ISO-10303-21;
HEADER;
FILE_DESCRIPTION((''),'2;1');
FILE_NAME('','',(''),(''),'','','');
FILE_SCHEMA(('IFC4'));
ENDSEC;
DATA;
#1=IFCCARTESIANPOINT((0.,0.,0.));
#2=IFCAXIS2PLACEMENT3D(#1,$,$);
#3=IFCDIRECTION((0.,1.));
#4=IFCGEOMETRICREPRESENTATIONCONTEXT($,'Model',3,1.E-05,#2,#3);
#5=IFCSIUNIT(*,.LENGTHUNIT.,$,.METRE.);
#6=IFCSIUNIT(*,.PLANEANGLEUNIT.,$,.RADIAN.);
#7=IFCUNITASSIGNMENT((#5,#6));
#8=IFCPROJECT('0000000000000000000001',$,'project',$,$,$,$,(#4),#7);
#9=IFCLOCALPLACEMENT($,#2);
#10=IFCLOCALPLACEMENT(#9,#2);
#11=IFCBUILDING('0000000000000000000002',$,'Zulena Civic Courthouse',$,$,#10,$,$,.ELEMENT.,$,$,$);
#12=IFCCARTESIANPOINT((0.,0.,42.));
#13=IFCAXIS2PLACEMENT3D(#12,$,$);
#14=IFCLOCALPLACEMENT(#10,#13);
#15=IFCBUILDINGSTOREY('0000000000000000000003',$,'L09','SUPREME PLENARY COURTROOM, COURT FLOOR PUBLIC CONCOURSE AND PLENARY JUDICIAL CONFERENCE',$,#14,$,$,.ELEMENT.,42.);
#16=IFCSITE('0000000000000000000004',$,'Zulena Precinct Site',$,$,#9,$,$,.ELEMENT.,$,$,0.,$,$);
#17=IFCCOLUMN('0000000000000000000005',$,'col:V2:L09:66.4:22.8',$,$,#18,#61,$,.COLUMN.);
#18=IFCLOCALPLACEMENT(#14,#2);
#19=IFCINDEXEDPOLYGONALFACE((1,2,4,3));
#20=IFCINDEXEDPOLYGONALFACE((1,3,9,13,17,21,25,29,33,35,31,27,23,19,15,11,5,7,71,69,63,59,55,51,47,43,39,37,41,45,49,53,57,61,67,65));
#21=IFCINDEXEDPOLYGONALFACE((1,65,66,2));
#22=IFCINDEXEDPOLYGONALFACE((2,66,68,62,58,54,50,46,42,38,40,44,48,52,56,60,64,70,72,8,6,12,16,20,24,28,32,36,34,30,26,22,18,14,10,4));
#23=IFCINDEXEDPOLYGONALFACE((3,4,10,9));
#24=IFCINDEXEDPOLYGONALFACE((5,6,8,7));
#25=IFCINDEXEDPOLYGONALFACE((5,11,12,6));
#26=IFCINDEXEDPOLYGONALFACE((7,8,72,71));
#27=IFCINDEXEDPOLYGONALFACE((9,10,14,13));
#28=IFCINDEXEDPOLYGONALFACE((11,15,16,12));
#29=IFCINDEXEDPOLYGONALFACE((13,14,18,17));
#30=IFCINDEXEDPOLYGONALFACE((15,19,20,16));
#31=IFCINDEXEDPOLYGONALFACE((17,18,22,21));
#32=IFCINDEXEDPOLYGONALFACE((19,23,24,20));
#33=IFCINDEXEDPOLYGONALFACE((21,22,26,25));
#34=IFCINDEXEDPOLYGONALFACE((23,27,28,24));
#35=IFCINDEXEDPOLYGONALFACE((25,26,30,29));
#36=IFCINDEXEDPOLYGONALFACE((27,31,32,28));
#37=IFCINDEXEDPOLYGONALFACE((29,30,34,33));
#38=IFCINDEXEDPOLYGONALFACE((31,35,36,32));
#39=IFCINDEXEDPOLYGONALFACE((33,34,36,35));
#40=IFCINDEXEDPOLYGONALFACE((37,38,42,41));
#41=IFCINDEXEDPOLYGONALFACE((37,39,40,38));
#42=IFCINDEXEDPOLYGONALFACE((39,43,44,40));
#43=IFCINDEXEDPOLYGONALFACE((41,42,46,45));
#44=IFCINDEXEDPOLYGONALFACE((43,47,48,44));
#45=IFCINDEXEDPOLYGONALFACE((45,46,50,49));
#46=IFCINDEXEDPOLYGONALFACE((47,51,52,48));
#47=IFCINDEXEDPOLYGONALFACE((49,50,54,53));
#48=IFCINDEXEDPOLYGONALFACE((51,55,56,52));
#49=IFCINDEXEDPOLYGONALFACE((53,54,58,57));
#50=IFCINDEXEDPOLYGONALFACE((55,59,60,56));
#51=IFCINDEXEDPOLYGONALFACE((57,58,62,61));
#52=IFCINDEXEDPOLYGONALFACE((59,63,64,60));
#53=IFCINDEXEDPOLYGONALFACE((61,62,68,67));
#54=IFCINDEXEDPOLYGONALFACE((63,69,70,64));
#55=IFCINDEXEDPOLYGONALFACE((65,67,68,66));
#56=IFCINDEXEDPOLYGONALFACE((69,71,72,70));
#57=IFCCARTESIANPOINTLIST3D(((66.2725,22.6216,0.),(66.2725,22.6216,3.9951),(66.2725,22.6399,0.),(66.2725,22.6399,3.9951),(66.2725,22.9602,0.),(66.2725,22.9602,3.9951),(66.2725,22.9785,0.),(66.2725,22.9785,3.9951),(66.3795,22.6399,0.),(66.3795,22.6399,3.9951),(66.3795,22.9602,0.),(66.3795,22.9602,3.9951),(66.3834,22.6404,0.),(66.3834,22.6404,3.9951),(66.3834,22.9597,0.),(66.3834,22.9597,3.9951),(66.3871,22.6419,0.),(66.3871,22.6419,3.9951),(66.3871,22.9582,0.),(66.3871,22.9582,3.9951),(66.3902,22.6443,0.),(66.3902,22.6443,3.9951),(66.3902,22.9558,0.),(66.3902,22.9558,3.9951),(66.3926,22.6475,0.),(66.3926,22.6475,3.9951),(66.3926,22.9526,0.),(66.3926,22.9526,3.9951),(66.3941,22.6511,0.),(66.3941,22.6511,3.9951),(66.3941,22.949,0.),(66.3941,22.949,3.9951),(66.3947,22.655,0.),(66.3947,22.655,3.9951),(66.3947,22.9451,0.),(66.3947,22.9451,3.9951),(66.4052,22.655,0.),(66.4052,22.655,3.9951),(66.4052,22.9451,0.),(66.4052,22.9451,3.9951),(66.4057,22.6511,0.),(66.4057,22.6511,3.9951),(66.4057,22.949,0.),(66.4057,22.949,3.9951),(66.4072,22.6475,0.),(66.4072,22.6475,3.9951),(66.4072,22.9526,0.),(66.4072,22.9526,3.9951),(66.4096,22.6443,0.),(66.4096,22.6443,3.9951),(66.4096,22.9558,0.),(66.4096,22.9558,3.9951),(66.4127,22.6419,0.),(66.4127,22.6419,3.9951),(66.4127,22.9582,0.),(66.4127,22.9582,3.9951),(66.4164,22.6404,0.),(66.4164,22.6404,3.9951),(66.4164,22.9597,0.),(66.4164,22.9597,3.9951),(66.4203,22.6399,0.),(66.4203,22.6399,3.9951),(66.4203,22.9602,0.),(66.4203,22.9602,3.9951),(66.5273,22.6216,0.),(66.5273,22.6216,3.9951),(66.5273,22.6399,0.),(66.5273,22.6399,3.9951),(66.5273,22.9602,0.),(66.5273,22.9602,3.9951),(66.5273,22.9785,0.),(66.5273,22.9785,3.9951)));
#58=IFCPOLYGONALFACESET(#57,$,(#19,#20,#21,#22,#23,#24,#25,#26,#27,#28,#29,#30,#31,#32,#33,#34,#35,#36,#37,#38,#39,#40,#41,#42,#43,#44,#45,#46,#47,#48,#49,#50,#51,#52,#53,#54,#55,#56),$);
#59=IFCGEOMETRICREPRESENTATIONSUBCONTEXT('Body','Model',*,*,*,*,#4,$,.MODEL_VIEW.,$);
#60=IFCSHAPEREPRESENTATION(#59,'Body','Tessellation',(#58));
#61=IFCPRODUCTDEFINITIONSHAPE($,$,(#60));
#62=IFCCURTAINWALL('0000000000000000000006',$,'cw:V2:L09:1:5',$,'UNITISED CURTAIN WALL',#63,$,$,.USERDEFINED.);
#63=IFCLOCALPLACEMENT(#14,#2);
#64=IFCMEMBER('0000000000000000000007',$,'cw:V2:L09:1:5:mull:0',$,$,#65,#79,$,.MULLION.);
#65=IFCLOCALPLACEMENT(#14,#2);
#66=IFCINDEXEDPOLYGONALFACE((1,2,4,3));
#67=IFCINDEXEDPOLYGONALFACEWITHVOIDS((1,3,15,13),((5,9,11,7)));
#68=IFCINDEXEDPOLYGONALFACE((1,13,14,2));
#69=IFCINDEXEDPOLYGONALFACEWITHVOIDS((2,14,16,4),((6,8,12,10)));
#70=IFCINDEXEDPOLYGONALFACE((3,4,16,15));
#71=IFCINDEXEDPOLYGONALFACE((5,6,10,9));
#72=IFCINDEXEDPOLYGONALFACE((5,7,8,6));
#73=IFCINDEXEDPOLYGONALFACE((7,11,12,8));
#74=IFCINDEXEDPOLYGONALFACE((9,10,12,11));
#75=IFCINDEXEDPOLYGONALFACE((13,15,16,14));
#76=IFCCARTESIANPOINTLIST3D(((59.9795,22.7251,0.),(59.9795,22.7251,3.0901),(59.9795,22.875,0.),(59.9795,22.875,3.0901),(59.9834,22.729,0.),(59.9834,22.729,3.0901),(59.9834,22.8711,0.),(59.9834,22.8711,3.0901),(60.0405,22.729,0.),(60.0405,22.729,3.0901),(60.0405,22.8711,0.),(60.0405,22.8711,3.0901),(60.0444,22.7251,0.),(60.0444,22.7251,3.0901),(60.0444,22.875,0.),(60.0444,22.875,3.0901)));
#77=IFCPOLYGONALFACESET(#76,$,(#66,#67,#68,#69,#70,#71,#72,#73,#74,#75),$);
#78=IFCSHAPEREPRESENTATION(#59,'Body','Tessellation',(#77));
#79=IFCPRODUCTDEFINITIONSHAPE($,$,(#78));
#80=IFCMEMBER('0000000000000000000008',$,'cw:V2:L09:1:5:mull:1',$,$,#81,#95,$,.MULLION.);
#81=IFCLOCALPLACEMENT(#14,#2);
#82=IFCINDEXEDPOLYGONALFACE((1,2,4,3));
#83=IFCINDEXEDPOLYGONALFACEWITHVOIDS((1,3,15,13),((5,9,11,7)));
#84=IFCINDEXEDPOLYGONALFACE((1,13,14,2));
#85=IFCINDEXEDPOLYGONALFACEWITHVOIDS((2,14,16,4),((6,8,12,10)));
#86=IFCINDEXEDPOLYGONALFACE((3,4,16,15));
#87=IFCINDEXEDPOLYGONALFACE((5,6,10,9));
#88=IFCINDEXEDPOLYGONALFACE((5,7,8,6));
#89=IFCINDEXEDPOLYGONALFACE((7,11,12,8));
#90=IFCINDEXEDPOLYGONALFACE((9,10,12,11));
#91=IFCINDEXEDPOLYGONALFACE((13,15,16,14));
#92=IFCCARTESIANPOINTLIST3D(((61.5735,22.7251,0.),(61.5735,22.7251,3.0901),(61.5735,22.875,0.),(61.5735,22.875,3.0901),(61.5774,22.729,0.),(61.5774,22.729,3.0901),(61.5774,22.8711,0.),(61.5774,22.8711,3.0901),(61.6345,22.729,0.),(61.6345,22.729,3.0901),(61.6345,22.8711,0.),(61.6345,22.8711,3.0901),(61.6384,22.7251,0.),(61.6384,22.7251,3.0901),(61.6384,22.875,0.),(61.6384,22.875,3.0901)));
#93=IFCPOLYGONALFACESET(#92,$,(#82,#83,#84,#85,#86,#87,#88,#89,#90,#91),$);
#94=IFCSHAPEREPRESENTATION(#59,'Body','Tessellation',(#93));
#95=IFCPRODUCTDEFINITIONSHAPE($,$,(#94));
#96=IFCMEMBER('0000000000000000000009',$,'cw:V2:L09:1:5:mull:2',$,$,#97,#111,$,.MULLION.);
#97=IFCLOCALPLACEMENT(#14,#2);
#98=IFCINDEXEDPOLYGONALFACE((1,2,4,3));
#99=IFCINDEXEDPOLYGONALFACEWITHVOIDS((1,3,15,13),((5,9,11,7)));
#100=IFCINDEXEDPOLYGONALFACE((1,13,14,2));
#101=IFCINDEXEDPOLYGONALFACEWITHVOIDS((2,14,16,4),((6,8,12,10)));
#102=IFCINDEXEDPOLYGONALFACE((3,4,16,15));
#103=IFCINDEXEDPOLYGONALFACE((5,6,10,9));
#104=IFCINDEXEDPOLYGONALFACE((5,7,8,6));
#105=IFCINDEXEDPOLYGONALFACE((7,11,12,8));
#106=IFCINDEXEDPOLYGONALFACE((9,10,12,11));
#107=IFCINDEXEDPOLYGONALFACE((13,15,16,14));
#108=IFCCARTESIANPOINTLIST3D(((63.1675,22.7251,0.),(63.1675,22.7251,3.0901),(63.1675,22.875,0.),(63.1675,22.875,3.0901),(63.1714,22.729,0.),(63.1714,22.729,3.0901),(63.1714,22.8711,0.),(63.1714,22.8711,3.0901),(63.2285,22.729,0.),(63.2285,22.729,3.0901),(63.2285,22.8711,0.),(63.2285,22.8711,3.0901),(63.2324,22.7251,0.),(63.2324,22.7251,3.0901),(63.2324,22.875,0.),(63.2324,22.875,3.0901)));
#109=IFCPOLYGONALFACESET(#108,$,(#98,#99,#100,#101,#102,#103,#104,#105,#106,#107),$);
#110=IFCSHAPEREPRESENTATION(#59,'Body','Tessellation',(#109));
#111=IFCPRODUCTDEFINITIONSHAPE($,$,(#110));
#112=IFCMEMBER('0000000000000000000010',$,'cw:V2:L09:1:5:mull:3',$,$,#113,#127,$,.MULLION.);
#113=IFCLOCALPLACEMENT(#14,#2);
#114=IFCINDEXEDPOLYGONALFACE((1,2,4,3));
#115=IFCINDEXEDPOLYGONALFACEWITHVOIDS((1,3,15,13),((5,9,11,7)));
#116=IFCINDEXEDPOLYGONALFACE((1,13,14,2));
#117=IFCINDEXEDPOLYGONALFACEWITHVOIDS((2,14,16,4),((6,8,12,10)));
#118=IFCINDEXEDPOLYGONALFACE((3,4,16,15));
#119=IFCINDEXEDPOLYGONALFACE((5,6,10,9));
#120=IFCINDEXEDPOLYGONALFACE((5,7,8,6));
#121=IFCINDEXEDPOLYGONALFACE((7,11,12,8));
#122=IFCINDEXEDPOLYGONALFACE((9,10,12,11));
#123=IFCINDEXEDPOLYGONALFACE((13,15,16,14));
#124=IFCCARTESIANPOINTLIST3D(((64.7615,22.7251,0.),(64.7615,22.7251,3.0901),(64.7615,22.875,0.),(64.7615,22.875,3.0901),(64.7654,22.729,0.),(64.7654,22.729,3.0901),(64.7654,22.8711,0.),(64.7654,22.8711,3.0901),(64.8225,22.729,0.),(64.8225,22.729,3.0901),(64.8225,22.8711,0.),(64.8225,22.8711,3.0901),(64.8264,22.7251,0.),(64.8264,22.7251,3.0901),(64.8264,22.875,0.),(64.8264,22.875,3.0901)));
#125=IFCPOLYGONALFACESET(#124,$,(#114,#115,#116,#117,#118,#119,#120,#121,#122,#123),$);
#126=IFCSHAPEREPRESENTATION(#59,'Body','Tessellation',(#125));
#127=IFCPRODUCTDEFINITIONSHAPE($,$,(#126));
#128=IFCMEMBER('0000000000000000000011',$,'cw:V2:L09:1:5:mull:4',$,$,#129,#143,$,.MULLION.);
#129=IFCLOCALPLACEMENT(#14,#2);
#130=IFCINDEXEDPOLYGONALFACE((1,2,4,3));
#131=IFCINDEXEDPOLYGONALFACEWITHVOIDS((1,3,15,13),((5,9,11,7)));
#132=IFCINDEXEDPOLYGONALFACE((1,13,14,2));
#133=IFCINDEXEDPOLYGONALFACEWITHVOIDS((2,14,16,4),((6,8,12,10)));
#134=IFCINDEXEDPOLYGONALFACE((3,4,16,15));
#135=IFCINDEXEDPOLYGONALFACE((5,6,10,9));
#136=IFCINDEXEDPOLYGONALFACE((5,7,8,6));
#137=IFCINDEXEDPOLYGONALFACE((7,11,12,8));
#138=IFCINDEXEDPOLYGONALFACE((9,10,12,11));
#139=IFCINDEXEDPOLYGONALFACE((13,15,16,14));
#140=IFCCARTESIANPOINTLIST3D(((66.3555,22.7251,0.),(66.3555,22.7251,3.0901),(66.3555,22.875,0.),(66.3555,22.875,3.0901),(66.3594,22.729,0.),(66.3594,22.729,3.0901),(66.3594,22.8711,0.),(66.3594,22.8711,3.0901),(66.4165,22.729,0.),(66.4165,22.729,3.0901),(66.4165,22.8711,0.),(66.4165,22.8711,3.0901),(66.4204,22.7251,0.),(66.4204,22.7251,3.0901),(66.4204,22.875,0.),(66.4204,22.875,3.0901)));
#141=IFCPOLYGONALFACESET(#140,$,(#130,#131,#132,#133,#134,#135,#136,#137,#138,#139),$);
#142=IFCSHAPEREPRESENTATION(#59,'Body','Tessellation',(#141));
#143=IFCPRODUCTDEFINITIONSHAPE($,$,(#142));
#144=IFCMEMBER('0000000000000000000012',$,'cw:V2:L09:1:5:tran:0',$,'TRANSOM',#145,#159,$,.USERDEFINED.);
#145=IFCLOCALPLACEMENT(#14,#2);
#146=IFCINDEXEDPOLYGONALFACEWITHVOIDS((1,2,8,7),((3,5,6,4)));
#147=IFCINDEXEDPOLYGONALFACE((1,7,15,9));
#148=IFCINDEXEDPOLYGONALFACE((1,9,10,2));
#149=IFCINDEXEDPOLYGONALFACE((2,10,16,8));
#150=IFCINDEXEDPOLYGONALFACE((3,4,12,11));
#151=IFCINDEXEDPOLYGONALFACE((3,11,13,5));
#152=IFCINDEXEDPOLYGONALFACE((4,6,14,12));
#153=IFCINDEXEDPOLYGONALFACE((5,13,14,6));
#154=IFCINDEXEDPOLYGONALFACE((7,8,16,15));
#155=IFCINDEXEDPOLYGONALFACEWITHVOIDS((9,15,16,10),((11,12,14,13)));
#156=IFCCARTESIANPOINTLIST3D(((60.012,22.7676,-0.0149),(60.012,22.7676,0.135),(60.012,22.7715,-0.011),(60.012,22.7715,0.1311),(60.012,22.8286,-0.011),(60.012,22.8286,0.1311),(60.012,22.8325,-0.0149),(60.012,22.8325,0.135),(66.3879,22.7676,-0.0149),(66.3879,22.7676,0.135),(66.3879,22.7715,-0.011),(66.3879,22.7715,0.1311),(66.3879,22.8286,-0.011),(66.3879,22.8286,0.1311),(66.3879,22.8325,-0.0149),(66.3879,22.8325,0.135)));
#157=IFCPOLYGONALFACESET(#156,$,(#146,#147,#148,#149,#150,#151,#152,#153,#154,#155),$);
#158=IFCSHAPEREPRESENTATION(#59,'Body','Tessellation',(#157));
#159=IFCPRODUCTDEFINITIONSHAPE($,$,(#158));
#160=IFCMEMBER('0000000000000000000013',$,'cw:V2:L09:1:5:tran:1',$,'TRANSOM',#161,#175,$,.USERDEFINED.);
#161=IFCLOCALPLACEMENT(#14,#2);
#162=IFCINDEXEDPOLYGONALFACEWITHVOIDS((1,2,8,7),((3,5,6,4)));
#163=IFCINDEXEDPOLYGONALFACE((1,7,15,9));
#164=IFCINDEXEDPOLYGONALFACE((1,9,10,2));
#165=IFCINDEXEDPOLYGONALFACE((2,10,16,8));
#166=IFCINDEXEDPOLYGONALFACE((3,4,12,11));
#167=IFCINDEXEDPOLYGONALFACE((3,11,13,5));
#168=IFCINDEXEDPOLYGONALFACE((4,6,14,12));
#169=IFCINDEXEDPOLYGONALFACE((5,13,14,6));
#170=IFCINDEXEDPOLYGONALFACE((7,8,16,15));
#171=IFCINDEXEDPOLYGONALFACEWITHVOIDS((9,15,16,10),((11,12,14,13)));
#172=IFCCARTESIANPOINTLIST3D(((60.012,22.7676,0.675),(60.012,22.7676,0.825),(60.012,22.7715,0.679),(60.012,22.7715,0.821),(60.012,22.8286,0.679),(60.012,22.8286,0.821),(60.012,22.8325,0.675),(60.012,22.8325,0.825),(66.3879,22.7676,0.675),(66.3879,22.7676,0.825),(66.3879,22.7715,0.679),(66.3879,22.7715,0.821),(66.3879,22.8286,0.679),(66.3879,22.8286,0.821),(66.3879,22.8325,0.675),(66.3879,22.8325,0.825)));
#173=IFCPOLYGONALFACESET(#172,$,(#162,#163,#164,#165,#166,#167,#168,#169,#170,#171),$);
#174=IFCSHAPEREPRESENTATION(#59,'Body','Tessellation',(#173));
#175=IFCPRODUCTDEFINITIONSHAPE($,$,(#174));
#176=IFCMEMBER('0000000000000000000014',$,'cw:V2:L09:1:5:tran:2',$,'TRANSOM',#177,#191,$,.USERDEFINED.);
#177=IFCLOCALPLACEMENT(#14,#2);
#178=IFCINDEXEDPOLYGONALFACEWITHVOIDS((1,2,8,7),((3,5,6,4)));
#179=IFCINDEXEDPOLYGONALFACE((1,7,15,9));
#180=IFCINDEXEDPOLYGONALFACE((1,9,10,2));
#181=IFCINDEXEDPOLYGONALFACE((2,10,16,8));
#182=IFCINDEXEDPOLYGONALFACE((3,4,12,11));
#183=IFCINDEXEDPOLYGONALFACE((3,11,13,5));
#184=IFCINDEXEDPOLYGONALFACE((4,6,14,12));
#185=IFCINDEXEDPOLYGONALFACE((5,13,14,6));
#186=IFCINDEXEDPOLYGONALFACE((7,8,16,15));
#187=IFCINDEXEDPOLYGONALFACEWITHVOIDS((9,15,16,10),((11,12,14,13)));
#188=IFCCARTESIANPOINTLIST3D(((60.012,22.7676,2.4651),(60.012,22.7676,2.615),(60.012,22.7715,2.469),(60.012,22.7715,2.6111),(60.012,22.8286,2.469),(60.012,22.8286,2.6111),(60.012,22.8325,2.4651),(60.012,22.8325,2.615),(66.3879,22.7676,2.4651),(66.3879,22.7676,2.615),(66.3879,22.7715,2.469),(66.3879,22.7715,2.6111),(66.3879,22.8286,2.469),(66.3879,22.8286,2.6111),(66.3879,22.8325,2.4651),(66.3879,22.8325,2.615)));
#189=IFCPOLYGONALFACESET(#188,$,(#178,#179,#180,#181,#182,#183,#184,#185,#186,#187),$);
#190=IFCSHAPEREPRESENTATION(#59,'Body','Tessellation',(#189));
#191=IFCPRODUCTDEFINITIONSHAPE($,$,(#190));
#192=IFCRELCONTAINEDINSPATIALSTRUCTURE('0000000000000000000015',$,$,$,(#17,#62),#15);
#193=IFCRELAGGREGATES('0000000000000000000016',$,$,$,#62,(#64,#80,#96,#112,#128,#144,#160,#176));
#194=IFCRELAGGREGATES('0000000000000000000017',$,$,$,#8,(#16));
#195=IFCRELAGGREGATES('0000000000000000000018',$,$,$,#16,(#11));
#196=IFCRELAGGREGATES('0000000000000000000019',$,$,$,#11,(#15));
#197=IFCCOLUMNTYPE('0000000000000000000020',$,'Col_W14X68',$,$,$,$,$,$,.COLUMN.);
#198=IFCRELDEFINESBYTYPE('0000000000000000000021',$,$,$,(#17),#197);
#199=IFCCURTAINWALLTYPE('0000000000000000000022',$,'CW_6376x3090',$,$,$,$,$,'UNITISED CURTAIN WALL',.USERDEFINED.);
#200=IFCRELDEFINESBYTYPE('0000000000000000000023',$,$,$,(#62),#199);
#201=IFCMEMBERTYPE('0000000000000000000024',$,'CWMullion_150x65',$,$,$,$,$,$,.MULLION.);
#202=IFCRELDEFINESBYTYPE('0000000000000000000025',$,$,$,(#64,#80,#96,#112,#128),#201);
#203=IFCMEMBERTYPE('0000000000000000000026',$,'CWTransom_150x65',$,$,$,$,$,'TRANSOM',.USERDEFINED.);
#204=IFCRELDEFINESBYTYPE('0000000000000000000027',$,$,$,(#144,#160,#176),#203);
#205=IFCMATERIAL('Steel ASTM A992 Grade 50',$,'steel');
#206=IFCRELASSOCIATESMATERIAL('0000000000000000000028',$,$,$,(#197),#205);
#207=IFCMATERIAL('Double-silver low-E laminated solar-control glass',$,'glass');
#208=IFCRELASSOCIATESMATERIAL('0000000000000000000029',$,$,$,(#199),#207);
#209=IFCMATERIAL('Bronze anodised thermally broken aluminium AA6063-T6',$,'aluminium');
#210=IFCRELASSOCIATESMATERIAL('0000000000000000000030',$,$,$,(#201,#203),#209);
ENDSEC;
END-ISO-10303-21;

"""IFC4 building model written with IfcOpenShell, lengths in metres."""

from ifc_helpers import new_model, si_unit, direction, frame, origin, origin_2d, place, context, subcontext, project, spatial, hollow_rectangle, i_section, extrude, material, material_profile, profile_set, type_object, element, aggregate, save


model = new_model("IFC4")

# Units and contexts
model_context = context("Model", 3, precision=1e-05, world=origin(), true_north=direction((0.0, 1.0)))
body_context = subcontext(model_context, "Body", "Model", "MODEL_VIEW")
ifc_project = project(units=[si_unit("LENGTHUNIT", "METRE"), si_unit("PLANEANGLEUNIT", "RADIAN")], contexts=[model_context])

# Site, building, storey
site_placement = place(None, origin())
site = spatial("IfcSite", under=ifc_project, at=site_placement, Name="Zulena Precinct Site", CompositionType="ELEMENT", RefElevation=0.0)
building_placement = place(site_placement, origin())
building = spatial("IfcBuilding", under=site, at=building_placement, Name="Zulena Civic Courthouse", CompositionType="ELEMENT")
storey_placement = place(building_placement, frame((0.0, 0.0, 42.0)))
storey = spatial("IfcBuildingStorey", under=building, at=storey_placement, Name="L09", Description="SUPREME PLENARY COURTROOM, COURT FLOOR PUBLIC CONCOURSE AND PLENARY JUDICIAL CONFERENCE", CompositionType="ELEMENT", Elevation=42.0)

# Column
ifc_material_1 = material(Name="Steel ASTM A992 Grade 50", Category="steel")
ifc_material_profile_1 = material_profile(ifc_material_1, i_section(OverallWidth=0.2549, OverallDepth=0.3569, WebThickness=0.0105, FlangeThickness=0.0183, FilletRadius=0.0151, at=origin_2d()), Name="W14X68")
ifc_profile_set_1 = profile_set([ifc_material_profile_1], Name="Steel ASTM A992 Grade 50")
column_type = type_object("IfcColumnType", Name="Col_W14X68", PredefinedType="COLUMN", material=ifc_profile_set_1)
column_placement = place(storey_placement, frame((66.3999, 22.8, 0.0), z_axis=(0.0, 0.0, 1.0), x_axis=(1.0, 0.0, 0.0)))
element("IfcColumn", 1, at=column_placement, inside=storey, type_object=column_type, Name="col:V2:L09:66.4:22.8", PredefinedType="COLUMN", context=body_context, shape_type="SweptSolid", body=[
    extrude(i_section(OverallWidth=0.2549, OverallDepth=0.3569, WebThickness=0.0105, FlangeThickness=0.0183, FilletRadius=0.0151, at=origin_2d()), origin(), (0.0, 0.0, 1.0), 3.9951),
])

# Curtain wall, members
ifc_material_2 = material(Name="Double-silver low-E laminated solar-control glass", Category="glass")
curtain_wall_type = type_object("IfcCurtainWallType", Name="CW_6376x3090", ElementType="UNITISED CURTAIN WALL", PredefinedType="USERDEFINED", material=ifc_material_2)
curtain_wall_placement = place(storey_placement, origin())
curtain_wall = element("IfcCurtainWall", 2, at=curtain_wall_placement, inside=storey, type_object=curtain_wall_type, Name="cw:V2:L09:1:5", ObjectType="UNITISED CURTAIN WALL", PredefinedType="USERDEFINED")
ifc_material_3 = material(Name="Bronze anodised thermally broken aluminium AA6063-T6", Category="aluminium")
ifc_material_profile_2 = material_profile(ifc_material_3, hollow_rectangle(XDim=0.0649, YDim=0.1499, WallThickness=0.0039, at=origin_2d()), Name="CWM150X65X4")
ifc_profile_set_2 = profile_set([ifc_material_profile_2], Name="Bronze anodised thermally broken aluminium AA6063-T6")
member_type_1 = type_object("IfcMemberType", Name="CWMullion_150x65", PredefinedType="MULLION", material=ifc_profile_set_2)
member_1_placement = place(storey_placement, frame((60.012, 22.8, 0.0), z_axis=(0.0, 0.0, 1.0), x_axis=(1.0, 0.0, 0.0)))
member_1 = element("IfcMember", 3, at=member_1_placement, type_object=member_type_1, Name="cw:V2:L09:1:5:mull:0", PredefinedType="MULLION", context=body_context, shape_type="SweptSolid", body=[
    extrude(hollow_rectangle(XDim=0.0649, YDim=0.1499, WallThickness=0.0039, at=origin_2d()), origin(), (0.0, 0.0, 1.0), 3.0901),
])
member_2_placement = place(storey_placement, frame((61.606, 22.8, 0.0), z_axis=(0.0, 0.0, 1.0), x_axis=(1.0, 0.0, 0.0)))
member_2 = element("IfcMember", 4, at=member_2_placement, type_object=member_type_1, Name="cw:V2:L09:1:5:mull:1", PredefinedType="MULLION", context=body_context, shape_type="SweptSolid", body=[
    extrude(hollow_rectangle(XDim=0.0649, YDim=0.1499, WallThickness=0.0039, at=origin_2d()), origin(), (0.0, 0.0, 1.0), 3.0901),
])
member_3_placement = place(storey_placement, frame((63.2, 22.8, 0.0), z_axis=(0.0, 0.0, 1.0), x_axis=(1.0, 0.0, 0.0)))
member_3 = element("IfcMember", 5, at=member_3_placement, type_object=member_type_1, Name="cw:V2:L09:1:5:mull:2", PredefinedType="MULLION", context=body_context, shape_type="SweptSolid", body=[
    extrude(hollow_rectangle(XDim=0.0649, YDim=0.1499, WallThickness=0.0039, at=origin_2d()), origin(), (0.0, 0.0, 1.0), 3.0901),
])
member_4_placement = place(storey_placement, frame((64.7939, 22.8, 0.0), z_axis=(0.0, 0.0, 1.0), x_axis=(1.0, 0.0, 0.0)))
member_4 = element("IfcMember", 6, at=member_4_placement, type_object=member_type_1, Name="cw:V2:L09:1:5:mull:3", PredefinedType="MULLION", context=body_context, shape_type="SweptSolid", body=[
    extrude(hollow_rectangle(XDim=0.0649, YDim=0.1499, WallThickness=0.0039, at=origin_2d()), origin(), (0.0, 0.0, 1.0), 3.0901),
])
member_5_placement = place(storey_placement, frame((66.3879, 22.8, 0.0), z_axis=(0.0, 0.0, 1.0), x_axis=(1.0, 0.0, 0.0)))
member_5 = element("IfcMember", 7, at=member_5_placement, type_object=member_type_1, Name="cw:V2:L09:1:5:mull:4", PredefinedType="MULLION", context=body_context, shape_type="SweptSolid", body=[
    extrude(hollow_rectangle(XDim=0.0649, YDim=0.1499, WallThickness=0.0039, at=origin_2d()), origin(), (0.0, 0.0, 1.0), 3.0901),
])
ifc_material_profile_3 = material_profile(ifc_material_3, hollow_rectangle(XDim=0.0649, YDim=0.1499, WallThickness=0.0039, at=origin_2d()), Name="CWT150X65X4")
ifc_profile_set_3 = profile_set([ifc_material_profile_3], Name="Bronze anodised thermally broken aluminium AA6063-T6")
member_type_2 = type_object("IfcMemberType", Name="CWTransom_150x65", ElementType="TRANSOM", PredefinedType="USERDEFINED", material=ifc_profile_set_3)
member_6_placement = place(storey_placement, frame((60.012, 22.8, 0.0601), z_axis=(1.0, 0.0, 0.0), x_axis=(0.0, 1.0, 0.0)))
member_6 = element("IfcMember", 8, at=member_6_placement, type_object=member_type_2, Name="cw:V2:L09:1:5:tran:0", ObjectType="TRANSOM", PredefinedType="USERDEFINED", context=body_context, shape_type="SweptSolid", body=[
    extrude(hollow_rectangle(XDim=0.0649, YDim=0.1499, WallThickness=0.0039, at=origin_2d()), origin(), (0.0, 0.0, 1.0), 6.376),
])
member_7_placement = place(storey_placement, frame((60.012, 22.8, 0.75), z_axis=(1.0, 0.0, 0.0), x_axis=(0.0, 1.0, 0.0)))
member_7 = element("IfcMember", 9, at=member_7_placement, type_object=member_type_2, Name="cw:V2:L09:1:5:tran:1", ObjectType="TRANSOM", PredefinedType="USERDEFINED", context=body_context, shape_type="SweptSolid", body=[
    extrude(hollow_rectangle(XDim=0.0649, YDim=0.1499, WallThickness=0.0039, at=origin_2d()), origin(), (0.0, 0.0, 1.0), 6.376),
])
member_8_placement = place(storey_placement, frame((60.012, 22.8, 2.54), z_axis=(1.0, 0.0, 0.0), x_axis=(0.0, 1.0, 0.0)))
member_8 = element("IfcMember", 10, at=member_8_placement, type_object=member_type_2, Name="cw:V2:L09:1:5:tran:2", ObjectType="TRANSOM", PredefinedType="USERDEFINED", context=body_context, shape_type="SweptSolid", body=[
    extrude(hollow_rectangle(XDim=0.0649, YDim=0.1499, WallThickness=0.0039, at=origin_2d()), origin(), (0.0, 0.0, 1.0), 6.376),
])

aggregate(curtain_wall, [member_1, member_2, member_3, member_4, member_5, member_6, member_7, member_8])

save(model, "model.ifc")
